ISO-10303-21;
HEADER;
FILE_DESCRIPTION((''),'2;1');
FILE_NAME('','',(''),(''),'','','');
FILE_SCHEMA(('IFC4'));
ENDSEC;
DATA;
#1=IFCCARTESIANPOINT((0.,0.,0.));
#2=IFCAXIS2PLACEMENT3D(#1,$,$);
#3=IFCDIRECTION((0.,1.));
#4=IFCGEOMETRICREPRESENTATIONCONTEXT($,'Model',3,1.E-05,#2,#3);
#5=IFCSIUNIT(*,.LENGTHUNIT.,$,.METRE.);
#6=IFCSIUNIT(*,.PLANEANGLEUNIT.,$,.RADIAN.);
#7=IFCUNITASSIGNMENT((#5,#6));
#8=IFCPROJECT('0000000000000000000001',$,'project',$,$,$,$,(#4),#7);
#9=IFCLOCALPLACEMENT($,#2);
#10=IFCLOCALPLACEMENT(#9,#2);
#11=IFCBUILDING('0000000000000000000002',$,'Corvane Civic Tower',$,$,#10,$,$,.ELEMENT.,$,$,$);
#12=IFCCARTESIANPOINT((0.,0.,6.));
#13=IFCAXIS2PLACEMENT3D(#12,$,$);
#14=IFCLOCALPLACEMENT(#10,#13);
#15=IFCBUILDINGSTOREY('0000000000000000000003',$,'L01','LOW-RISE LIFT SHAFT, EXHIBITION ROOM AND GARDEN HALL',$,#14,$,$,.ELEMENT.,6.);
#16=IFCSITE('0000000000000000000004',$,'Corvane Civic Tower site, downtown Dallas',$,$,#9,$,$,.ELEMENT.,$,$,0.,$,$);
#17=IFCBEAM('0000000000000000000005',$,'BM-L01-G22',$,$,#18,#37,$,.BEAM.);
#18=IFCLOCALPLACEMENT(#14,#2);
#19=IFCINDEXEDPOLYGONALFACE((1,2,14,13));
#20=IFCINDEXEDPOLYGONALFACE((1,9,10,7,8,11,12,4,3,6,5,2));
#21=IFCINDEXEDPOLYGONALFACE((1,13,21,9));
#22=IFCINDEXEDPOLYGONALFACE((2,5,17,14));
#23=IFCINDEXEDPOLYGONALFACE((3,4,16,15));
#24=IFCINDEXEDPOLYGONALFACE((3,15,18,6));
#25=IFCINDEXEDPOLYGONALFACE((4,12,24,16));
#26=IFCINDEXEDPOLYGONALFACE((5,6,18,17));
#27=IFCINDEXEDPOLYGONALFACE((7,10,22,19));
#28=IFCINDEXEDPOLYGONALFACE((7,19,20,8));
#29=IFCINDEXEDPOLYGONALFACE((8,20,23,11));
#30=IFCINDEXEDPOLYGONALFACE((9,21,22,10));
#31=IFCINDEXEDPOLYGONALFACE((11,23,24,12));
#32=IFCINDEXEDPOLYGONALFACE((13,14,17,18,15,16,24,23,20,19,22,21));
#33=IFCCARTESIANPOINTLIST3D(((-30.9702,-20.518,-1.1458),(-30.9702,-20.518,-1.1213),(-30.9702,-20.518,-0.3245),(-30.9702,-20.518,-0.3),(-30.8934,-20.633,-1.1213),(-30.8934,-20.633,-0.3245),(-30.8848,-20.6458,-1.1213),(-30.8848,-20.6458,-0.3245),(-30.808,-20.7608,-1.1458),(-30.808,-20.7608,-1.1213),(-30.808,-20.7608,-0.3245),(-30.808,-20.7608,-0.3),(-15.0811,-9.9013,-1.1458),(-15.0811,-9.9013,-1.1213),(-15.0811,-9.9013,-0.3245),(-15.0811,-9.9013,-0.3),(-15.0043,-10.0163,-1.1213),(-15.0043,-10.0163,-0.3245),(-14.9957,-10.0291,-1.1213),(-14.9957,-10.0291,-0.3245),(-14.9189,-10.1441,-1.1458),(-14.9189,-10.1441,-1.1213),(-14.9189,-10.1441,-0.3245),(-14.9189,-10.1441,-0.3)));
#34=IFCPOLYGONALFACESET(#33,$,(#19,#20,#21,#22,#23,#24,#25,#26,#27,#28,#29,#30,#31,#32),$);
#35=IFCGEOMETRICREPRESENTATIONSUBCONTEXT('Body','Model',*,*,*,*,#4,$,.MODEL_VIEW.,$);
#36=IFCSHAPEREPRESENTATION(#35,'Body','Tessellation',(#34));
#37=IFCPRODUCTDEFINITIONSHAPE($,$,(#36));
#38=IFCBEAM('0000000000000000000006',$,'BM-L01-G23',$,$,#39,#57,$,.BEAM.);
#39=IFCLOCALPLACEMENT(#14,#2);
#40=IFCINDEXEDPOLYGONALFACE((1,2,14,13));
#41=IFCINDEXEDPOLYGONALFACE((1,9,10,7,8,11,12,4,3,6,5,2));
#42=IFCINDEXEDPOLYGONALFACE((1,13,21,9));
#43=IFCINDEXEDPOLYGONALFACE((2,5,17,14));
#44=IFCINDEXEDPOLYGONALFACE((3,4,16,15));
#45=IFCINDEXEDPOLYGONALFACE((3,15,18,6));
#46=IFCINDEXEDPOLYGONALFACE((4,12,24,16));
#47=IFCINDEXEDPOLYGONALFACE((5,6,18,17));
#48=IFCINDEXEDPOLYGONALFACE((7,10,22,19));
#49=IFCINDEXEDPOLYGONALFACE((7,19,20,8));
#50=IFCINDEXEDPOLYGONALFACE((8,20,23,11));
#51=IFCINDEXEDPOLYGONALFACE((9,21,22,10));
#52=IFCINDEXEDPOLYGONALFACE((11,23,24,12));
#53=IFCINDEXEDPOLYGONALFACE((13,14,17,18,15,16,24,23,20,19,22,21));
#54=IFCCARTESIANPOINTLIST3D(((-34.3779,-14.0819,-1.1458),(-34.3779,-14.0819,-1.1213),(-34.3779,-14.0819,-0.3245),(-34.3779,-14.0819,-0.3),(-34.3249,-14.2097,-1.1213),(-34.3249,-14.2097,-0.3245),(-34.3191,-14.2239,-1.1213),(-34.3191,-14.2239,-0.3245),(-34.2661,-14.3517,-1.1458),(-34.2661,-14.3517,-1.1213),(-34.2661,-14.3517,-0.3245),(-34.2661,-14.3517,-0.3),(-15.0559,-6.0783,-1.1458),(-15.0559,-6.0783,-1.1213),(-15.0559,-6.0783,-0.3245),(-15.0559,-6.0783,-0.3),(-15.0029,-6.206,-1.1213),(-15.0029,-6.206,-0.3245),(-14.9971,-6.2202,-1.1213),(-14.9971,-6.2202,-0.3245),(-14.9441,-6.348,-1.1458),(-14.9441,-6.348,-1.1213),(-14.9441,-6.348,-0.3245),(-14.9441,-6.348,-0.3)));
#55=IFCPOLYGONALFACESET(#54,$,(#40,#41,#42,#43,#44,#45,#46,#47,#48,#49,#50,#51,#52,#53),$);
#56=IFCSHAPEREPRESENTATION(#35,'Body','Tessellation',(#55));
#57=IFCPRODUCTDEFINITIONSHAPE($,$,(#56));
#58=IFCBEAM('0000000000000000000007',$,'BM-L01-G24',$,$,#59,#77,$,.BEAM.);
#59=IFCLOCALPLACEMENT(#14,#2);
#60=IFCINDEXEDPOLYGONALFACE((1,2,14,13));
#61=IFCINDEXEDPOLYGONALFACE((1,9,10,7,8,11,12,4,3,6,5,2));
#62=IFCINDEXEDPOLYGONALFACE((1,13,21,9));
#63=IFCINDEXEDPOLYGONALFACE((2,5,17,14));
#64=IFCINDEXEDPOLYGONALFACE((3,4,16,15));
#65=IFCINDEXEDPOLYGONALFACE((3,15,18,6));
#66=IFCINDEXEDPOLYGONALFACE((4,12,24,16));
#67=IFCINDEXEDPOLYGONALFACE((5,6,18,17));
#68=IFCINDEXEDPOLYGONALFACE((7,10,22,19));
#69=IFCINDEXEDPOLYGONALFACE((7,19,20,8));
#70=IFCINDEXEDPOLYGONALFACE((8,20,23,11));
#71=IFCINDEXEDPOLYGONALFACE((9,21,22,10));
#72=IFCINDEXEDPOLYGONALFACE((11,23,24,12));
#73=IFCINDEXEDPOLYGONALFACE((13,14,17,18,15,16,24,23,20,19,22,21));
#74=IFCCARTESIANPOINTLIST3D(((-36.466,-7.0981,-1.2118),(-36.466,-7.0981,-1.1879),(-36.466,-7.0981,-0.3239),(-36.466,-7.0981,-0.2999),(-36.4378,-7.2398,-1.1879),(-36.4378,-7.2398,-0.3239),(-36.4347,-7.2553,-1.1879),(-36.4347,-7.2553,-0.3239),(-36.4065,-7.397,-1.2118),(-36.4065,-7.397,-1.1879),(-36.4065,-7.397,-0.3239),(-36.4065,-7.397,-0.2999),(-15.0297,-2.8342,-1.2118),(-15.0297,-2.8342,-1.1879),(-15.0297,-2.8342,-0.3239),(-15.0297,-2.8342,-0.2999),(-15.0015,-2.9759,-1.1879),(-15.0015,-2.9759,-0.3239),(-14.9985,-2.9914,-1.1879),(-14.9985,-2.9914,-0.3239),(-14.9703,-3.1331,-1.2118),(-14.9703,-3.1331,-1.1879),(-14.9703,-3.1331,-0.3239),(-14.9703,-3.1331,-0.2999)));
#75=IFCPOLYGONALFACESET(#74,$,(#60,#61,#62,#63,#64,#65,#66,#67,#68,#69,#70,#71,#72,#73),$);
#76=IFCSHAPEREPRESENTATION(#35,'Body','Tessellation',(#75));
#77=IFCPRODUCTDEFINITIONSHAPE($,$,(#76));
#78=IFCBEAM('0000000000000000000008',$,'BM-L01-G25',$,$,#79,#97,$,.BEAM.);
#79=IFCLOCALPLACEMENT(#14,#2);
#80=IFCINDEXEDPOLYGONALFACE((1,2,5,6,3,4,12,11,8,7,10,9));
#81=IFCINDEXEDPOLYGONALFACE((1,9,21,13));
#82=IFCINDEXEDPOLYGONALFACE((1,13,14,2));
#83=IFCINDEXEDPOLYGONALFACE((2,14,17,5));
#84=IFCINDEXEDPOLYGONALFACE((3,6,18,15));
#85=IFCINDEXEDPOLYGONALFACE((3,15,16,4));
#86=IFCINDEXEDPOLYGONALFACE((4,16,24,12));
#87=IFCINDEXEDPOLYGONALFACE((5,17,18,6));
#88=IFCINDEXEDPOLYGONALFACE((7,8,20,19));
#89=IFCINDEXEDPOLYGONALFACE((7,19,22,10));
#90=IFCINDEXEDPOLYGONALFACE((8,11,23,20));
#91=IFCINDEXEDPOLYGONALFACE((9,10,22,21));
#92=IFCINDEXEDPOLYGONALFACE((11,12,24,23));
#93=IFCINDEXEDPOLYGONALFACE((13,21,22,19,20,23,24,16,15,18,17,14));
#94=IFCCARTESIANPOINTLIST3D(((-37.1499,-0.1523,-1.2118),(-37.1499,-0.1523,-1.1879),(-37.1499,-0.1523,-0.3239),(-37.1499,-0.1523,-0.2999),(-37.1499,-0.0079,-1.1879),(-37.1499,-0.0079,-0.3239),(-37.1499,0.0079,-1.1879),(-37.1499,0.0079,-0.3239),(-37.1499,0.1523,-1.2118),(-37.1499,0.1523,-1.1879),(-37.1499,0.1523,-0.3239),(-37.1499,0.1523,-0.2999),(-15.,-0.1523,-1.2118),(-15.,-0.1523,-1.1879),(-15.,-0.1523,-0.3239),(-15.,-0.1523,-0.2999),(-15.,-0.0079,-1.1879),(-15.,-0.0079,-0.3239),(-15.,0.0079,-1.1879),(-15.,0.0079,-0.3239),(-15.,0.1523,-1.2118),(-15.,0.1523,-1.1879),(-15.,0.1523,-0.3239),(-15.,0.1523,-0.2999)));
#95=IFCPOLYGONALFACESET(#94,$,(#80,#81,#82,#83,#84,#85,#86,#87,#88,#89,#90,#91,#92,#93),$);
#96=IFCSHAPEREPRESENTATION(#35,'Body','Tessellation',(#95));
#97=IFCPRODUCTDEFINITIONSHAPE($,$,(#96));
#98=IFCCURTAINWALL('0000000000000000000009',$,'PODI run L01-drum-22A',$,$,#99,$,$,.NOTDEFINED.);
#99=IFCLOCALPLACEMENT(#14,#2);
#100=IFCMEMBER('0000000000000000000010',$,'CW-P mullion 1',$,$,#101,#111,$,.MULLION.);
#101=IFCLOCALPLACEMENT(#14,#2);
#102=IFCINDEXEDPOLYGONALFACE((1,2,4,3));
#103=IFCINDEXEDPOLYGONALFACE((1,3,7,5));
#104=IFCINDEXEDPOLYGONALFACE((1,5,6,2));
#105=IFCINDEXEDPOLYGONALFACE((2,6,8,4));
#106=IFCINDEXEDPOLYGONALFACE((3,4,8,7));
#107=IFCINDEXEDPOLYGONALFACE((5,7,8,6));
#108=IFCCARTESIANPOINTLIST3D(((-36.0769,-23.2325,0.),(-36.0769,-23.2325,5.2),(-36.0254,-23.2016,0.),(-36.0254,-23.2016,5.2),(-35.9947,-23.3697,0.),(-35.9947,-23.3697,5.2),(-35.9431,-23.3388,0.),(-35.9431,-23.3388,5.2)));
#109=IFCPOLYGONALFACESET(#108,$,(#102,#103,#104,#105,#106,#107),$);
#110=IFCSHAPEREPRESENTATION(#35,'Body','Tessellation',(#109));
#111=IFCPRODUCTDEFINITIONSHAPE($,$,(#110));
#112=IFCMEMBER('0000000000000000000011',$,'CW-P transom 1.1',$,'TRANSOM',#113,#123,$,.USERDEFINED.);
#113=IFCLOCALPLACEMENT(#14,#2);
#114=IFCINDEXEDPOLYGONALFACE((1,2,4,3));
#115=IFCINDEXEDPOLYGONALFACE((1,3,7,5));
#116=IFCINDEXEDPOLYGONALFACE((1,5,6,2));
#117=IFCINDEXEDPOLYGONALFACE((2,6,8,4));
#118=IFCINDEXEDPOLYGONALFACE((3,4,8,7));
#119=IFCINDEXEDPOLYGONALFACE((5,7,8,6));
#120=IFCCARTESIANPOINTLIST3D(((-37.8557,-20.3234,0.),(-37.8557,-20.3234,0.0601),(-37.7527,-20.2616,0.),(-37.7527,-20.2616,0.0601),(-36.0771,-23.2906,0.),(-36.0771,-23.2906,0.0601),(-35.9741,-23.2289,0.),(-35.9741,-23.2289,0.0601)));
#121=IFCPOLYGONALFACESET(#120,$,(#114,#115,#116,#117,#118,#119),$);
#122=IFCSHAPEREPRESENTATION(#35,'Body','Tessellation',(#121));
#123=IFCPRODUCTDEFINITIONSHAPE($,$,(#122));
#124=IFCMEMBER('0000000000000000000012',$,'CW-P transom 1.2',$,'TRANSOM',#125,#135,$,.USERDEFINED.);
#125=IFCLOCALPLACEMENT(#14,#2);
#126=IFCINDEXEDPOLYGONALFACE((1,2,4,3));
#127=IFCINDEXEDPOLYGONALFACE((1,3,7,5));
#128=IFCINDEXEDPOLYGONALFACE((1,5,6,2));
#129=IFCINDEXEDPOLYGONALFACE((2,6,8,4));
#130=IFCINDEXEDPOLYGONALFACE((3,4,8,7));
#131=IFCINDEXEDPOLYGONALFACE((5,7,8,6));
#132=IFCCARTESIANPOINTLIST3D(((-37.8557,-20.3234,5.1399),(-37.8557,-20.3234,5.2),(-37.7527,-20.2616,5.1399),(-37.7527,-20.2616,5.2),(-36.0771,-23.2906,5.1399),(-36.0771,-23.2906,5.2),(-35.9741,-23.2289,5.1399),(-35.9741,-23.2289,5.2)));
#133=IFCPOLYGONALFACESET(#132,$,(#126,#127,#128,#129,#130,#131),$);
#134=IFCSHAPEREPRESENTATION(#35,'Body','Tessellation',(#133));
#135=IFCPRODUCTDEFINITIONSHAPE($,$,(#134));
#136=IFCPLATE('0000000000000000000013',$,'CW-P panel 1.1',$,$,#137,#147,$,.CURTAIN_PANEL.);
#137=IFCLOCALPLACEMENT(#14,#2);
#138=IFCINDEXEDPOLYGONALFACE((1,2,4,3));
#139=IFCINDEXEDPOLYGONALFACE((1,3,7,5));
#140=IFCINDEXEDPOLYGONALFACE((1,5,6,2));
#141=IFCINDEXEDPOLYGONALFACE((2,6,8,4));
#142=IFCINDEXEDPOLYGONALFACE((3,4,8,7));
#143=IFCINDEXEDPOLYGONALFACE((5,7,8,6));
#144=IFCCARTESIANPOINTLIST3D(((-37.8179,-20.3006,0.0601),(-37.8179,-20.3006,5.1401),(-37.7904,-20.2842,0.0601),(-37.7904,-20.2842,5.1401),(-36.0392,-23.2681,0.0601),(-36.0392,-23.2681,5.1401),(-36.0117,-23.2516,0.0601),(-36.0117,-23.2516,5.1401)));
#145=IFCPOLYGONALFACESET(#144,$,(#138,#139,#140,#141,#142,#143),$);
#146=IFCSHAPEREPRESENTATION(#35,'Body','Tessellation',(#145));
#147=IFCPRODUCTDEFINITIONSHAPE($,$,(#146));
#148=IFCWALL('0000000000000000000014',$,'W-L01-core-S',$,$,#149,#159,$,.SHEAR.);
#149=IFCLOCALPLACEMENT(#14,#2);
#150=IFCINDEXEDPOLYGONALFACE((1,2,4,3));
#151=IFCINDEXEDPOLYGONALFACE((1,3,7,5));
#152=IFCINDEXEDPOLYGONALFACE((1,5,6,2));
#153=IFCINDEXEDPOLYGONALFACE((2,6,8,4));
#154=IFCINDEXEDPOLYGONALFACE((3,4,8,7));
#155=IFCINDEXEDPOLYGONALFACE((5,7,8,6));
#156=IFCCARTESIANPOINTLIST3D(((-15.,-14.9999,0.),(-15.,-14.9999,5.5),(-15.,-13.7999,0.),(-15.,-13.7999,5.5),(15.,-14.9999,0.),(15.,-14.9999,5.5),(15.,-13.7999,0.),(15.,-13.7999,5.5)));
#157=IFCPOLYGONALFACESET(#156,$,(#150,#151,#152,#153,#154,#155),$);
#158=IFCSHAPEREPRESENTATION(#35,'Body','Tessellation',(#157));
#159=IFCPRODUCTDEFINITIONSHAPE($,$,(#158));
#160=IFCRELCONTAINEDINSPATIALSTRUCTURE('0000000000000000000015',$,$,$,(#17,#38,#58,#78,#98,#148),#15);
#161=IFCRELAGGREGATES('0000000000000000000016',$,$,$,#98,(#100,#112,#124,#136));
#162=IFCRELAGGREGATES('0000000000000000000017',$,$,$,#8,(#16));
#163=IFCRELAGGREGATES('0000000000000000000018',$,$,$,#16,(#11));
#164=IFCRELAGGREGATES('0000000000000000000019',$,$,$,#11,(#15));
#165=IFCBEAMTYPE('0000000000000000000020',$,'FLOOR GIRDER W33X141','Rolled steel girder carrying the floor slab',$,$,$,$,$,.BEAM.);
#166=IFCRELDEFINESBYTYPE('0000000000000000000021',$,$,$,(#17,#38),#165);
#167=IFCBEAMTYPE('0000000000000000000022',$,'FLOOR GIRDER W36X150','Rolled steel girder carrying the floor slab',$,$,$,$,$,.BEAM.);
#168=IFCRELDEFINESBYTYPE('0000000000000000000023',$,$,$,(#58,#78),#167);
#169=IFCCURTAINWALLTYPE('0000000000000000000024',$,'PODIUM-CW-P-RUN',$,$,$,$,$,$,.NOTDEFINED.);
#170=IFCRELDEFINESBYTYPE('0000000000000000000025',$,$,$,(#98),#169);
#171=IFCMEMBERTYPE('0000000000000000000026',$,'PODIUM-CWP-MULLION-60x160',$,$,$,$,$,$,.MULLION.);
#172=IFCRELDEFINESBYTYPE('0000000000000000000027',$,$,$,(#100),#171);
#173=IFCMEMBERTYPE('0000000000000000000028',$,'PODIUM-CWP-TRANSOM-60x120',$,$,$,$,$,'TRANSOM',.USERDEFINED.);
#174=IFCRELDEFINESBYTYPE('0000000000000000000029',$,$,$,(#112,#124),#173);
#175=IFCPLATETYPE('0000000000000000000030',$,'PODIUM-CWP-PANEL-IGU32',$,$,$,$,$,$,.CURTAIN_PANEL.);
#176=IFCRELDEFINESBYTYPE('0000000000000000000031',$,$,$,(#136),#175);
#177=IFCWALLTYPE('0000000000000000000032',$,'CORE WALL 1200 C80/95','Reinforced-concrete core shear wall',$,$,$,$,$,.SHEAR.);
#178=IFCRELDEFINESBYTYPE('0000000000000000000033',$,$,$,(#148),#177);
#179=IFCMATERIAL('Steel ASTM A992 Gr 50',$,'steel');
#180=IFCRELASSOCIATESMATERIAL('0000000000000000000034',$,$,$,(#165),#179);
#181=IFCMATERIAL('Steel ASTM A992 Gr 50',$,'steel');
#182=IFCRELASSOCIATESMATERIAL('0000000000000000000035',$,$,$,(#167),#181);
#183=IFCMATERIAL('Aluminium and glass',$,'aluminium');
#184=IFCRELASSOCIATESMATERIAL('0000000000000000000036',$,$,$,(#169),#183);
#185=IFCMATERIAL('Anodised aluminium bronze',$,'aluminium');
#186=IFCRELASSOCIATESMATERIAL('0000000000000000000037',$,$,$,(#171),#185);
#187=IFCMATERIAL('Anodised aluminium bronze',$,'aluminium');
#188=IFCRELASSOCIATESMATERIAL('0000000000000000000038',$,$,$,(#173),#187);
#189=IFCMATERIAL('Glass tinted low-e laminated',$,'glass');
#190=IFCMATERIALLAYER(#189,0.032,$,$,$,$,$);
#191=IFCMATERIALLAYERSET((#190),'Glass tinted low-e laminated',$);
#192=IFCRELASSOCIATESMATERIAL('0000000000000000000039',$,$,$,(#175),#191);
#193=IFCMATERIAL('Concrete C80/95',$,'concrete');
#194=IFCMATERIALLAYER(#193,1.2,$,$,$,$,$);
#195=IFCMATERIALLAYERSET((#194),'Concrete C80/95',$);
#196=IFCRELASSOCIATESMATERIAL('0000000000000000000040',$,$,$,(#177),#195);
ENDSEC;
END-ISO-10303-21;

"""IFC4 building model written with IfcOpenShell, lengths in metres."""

from ifc_helpers import new_model, si_unit, direction, frame, frame_2d, origin, origin_2d, place, context, subcontext, project, spatial, rectangle, i_section, extrude, material, layer, layer_set, material_profile, profile_set, type_object, element, aggregate, save


model = new_model("IFC4")

# Units and contexts
model_context = context("Model", 3, precision=1e-05, world=origin(), true_north=direction((0.0, 1.0)))
body_context = subcontext(model_context, "Body", "Model", "MODEL_VIEW")
ifc_project = project(units=[si_unit("LENGTHUNIT", "METRE"), si_unit("PLANEANGLEUNIT", "RADIAN")], contexts=[model_context])

# Site, building, storey
site_placement = place(None, origin())
site = spatial("IfcSite", under=ifc_project, at=site_placement, Name="Corvane Civic Tower site, downtown Dallas", CompositionType="ELEMENT", RefElevation=0.0)
building_placement = place(site_placement, origin())
building = spatial("IfcBuilding", under=site, at=building_placement, Name="Corvane Civic Tower", CompositionType="ELEMENT")
storey_placement = place(building_placement, frame((0.0, 0.0, 6.0)))
storey = spatial("IfcBuildingStorey", under=building, at=storey_placement, Name="L01", Description="LOW-RISE LIFT SHAFT, EXHIBITION ROOM AND GARDEN HALL", CompositionType="ELEMENT", Elevation=6.0)

# Beams
ifc_material_1 = material(Name="Steel ASTM A992 Gr 50", Category="steel")
ifc_material_profile_1 = material_profile(ifc_material_1, i_section(OverallWidth=0.292, OverallDepth=0.8457, WebThickness=0.0154, FlangeThickness=0.0244, at=origin_2d()), Name="W33X141")
ifc_profile_set_1 = profile_set([ifc_material_profile_1], Name="Steel ASTM A992 Gr 50")
beam_type_1 = type_object("IfcBeamType", Name="FLOOR GIRDER W33X141", Description="Rolled steel girder carrying the floor slab", PredefinedType="BEAM", material=ifc_profile_set_1)
beam_1_placement = place(storey_placement, frame((-15.0, -10.0227, -0.7229), z_axis=(-0.831472, -0.555567, 0.0), x_axis=(0.555567, -0.831472, 0.0)))
element("IfcBeam", 1, at=beam_1_placement, inside=storey, type_object=beam_type_1, Name="BM-L01-G22", PredefinedType="BEAM", context=body_context, shape_type="SweptSolid", body=[
    extrude(i_section(OverallWidth=0.292, OverallDepth=0.8457, WebThickness=0.0154, FlangeThickness=0.0244, at=origin_2d()), origin(), (0.0, 0.0, 1.0), 19.1096),
])
beam_2_placement = place(storey_placement, frame((-15.0, -6.2131, -0.7229), z_axis=(-0.923876, -0.382692, 0.0), x_axis=(0.382692, -0.923876, 0.0)))
element("IfcBeam", 2, at=beam_2_placement, inside=storey, type_object=beam_type_1, Name="BM-L01-G23", PredefinedType="BEAM", context=body_context, shape_type="SweptSolid", body=[
    extrude(i_section(OverallWidth=0.292, OverallDepth=0.8457, WebThickness=0.0154, FlangeThickness=0.0244, at=origin_2d()), origin(), (0.0, 0.0, 1.0), 20.9141),
])
ifc_material_2 = material(Name="Steel ASTM A992 Gr 50", Category="steel")
ifc_material_profile_2 = material_profile(ifc_material_2, i_section(OverallWidth=0.3047, OverallDepth=0.9119, WebThickness=0.0159, FlangeThickness=0.0239, at=origin_2d()), Name="W36X150")
ifc_profile_set_2 = profile_set([ifc_material_profile_2], Name="Steel ASTM A992 Gr 50")
beam_type_2 = type_object("IfcBeamType", Name="FLOOR GIRDER W36X150", Description="Rolled steel girder carrying the floor slab", PredefinedType="BEAM", material=ifc_profile_set_2)
beam_3_placement = place(storey_placement, frame((-15.0, -2.9836, -0.7559), z_axis=(-0.980785, -0.195089, 0.0), x_axis=(0.195089, -0.980785, 0.0)))
element("IfcBeam", 3, at=beam_3_placement, inside=storey, type_object=beam_type_2, Name="BM-L01-G24", PredefinedType="BEAM", context=body_context, shape_type="SweptSolid", body=[
    extrude(i_section(OverallWidth=0.3047, OverallDepth=0.9119, WebThickness=0.0159, FlangeThickness=0.0239, at=origin_2d()), origin(), (0.0, 0.0, 1.0), 21.8562),
])
beam_4_placement = place(storey_placement, frame((-15.0, 0.0, -0.7559), z_axis=(-1.0, 0.0, 0.0), x_axis=(0.0, -1.0, 0.0)))
element("IfcBeam", 4, at=beam_4_placement, inside=storey, type_object=beam_type_2, Name="BM-L01-G25", PredefinedType="BEAM", context=body_context, shape_type="SweptSolid", body=[
    extrude(i_section(OverallWidth=0.3047, OverallDepth=0.9119, WebThickness=0.0159, FlangeThickness=0.0239, at=origin_2d()), origin(), (0.0, 0.0, 1.0), 22.1499),
])

# Curtain wall, members, plate
ifc_material_3 = material(Name="Aluminium and glass", Category="aluminium")
curtain_wall_type = type_object("IfcCurtainWallType", Name="PODIUM-CW-P-RUN", PredefinedType="NOTDEFINED", material=ifc_material_3)
curtain_wall_placement = place(storey_placement, origin())
curtain_wall = element("IfcCurtainWall", 5, at=curtain_wall_placement, inside=storey, type_object=curtain_wall_type, Name="PODI run L01-drum-22A", PredefinedType="NOTDEFINED")
ifc_material_4 = material(Name="Anodised aluminium bronze", Category="aluminium")
ifc_material_profile_3 = material_profile(ifc_material_4, rectangle(XDim=0.0601, YDim=0.1599, at=origin_2d()), Name="AL 60x160")
ifc_profile_set_3 = profile_set([ifc_material_profile_3], Name="Anodised aluminium bronze")
member_type_1 = type_object("IfcMemberType", Name="PODIUM-CWP-MULLION-60x160", PredefinedType="MULLION", material=ifc_profile_set_3)
member_1_placement = place(storey_placement, frame((-36.01, -23.2856, 0.0), z_axis=(0.0, 0.0, 1.0), x_axis=(-0.85772, -0.514118, 0.0)))
member_1 = element("IfcMember", 6, at=member_1_placement, type_object=member_type_1, Name="CW-P mullion 1", PredefinedType="MULLION", context=body_context, shape_type="SweptSolid", body=[
    extrude(rectangle(XDim=0.0601, YDim=0.1599, at=origin_2d()), origin(), (0.0, 0.0, 1.0), 5.2),
])
ifc_material_5 = material(Name="Anodised aluminium bronze", Category="aluminium")
ifc_material_profile_4 = material_profile(ifc_material_5, rectangle(XDim=0.1201, YDim=0.0601, at=origin_2d()), Name="AL 120x60")
ifc_profile_set_4 = profile_set([ifc_material_profile_4], Name="Anodised aluminium bronze")
member_type_2 = type_object("IfcMemberType", Name="PODIUM-CWP-TRANSOM-60x120", ElementType="TRANSOM", PredefinedType="USERDEFINED", material=ifc_profile_set_4)
member_2_placement = place(storey_placement, frame((-36.0256, -23.2598, 0.03), z_axis=(-0.514112, 0.857723, 0.0), x_axis=(-0.857723, -0.514112, 0.0)))
member_2 = element("IfcMember", 7, at=member_2_placement, type_object=member_type_2, Name="CW-P transom 1.1", ObjectType="TRANSOM", PredefinedType="USERDEFINED", context=body_context, shape_type="SweptSolid", body=[
    extrude(rectangle(XDim=0.1201, YDim=0.0601, at=origin_2d()), origin(), (0.0, 0.0, 1.0), 3.4595),
])
member_3_placement = place(storey_placement, frame((-36.0256, -23.2598, 5.1699), z_axis=(-0.514112, 0.857723, 0.0), x_axis=(-0.857723, -0.514112, 0.0)))
member_3 = element("IfcMember", 8, at=member_3_placement, type_object=member_type_2, Name="CW-P transom 1.2", ObjectType="TRANSOM", PredefinedType="USERDEFINED", context=body_context, shape_type="SweptSolid", body=[
    extrude(rectangle(XDim=0.1201, YDim=0.0601, at=origin_2d()), origin(), (0.0, 0.0, 1.0), 3.4595),
])
ifc_material_6 = material(Name="Glass tinted low-e laminated", Category="glass")
ifc_layer_1 = layer(ifc_material_6, 0.032)
ifc_layer_set_1 = layer_set([ifc_layer_1], Name="Glass tinted low-e laminated")
plate_type = type_object("IfcPlateType", Name="PODIUM-CWP-PANEL-IGU32", PredefinedType="CURTAIN_PANEL", material=ifc_layer_set_1)
plate_placement = place(storey_placement, frame((-36.9148, -21.7761, 0.0601), z_axis=(0.0, 0.0, 1.0), x_axis=(-0.514118, 0.85772, 0.0)))
plate = element("IfcPlate", 9, at=plate_placement, type_object=plate_type, Name="CW-P panel 1.1", PredefinedType="CURTAIN_PANEL", context=body_context, shape_type="SweptSolid", body=[
    extrude(rectangle(XDim=3.4597, YDim=0.032, at=origin_2d()), origin(), (0.0, 0.0, 1.0), 5.0801),
])
aggregate(curtain_wall, [member_1, member_2, member_3, plate])

# Wall
ifc_material_7 = material(Name="Concrete C80/95", Category="concrete")
ifc_layer_2 = layer(ifc_material_7, 1.2)
ifc_layer_set_2 = layer_set([ifc_layer_2], Name="Concrete C80/95")
wall_type_1 = type_object("IfcWallType", Name="CORE WALL 1200 C80/95", Description="Reinforced-concrete core shear wall", PredefinedType="SHEAR", material=ifc_layer_set_2)
wall_1_placement = place(storey_placement, frame((-15.0, -14.3999, 0.0), z_axis=(0.0, 0.0, 1.0), x_axis=(1.0, 0.0, 0.0)))
element("IfcWall", 10, at=wall_1_placement, inside=storey, type_object=wall_type_1, Name="W-L01-core-S", PredefinedType="SHEAR", context=body_context, shape_type="SweptSolid", body=[
    extrude(rectangle(XDim=30.0, YDim=1.2, at=frame_2d((15.0, 0.0))), origin(), (0.0, 0.0, 1.0), 5.5),
])

save(model, "model.ifc")
